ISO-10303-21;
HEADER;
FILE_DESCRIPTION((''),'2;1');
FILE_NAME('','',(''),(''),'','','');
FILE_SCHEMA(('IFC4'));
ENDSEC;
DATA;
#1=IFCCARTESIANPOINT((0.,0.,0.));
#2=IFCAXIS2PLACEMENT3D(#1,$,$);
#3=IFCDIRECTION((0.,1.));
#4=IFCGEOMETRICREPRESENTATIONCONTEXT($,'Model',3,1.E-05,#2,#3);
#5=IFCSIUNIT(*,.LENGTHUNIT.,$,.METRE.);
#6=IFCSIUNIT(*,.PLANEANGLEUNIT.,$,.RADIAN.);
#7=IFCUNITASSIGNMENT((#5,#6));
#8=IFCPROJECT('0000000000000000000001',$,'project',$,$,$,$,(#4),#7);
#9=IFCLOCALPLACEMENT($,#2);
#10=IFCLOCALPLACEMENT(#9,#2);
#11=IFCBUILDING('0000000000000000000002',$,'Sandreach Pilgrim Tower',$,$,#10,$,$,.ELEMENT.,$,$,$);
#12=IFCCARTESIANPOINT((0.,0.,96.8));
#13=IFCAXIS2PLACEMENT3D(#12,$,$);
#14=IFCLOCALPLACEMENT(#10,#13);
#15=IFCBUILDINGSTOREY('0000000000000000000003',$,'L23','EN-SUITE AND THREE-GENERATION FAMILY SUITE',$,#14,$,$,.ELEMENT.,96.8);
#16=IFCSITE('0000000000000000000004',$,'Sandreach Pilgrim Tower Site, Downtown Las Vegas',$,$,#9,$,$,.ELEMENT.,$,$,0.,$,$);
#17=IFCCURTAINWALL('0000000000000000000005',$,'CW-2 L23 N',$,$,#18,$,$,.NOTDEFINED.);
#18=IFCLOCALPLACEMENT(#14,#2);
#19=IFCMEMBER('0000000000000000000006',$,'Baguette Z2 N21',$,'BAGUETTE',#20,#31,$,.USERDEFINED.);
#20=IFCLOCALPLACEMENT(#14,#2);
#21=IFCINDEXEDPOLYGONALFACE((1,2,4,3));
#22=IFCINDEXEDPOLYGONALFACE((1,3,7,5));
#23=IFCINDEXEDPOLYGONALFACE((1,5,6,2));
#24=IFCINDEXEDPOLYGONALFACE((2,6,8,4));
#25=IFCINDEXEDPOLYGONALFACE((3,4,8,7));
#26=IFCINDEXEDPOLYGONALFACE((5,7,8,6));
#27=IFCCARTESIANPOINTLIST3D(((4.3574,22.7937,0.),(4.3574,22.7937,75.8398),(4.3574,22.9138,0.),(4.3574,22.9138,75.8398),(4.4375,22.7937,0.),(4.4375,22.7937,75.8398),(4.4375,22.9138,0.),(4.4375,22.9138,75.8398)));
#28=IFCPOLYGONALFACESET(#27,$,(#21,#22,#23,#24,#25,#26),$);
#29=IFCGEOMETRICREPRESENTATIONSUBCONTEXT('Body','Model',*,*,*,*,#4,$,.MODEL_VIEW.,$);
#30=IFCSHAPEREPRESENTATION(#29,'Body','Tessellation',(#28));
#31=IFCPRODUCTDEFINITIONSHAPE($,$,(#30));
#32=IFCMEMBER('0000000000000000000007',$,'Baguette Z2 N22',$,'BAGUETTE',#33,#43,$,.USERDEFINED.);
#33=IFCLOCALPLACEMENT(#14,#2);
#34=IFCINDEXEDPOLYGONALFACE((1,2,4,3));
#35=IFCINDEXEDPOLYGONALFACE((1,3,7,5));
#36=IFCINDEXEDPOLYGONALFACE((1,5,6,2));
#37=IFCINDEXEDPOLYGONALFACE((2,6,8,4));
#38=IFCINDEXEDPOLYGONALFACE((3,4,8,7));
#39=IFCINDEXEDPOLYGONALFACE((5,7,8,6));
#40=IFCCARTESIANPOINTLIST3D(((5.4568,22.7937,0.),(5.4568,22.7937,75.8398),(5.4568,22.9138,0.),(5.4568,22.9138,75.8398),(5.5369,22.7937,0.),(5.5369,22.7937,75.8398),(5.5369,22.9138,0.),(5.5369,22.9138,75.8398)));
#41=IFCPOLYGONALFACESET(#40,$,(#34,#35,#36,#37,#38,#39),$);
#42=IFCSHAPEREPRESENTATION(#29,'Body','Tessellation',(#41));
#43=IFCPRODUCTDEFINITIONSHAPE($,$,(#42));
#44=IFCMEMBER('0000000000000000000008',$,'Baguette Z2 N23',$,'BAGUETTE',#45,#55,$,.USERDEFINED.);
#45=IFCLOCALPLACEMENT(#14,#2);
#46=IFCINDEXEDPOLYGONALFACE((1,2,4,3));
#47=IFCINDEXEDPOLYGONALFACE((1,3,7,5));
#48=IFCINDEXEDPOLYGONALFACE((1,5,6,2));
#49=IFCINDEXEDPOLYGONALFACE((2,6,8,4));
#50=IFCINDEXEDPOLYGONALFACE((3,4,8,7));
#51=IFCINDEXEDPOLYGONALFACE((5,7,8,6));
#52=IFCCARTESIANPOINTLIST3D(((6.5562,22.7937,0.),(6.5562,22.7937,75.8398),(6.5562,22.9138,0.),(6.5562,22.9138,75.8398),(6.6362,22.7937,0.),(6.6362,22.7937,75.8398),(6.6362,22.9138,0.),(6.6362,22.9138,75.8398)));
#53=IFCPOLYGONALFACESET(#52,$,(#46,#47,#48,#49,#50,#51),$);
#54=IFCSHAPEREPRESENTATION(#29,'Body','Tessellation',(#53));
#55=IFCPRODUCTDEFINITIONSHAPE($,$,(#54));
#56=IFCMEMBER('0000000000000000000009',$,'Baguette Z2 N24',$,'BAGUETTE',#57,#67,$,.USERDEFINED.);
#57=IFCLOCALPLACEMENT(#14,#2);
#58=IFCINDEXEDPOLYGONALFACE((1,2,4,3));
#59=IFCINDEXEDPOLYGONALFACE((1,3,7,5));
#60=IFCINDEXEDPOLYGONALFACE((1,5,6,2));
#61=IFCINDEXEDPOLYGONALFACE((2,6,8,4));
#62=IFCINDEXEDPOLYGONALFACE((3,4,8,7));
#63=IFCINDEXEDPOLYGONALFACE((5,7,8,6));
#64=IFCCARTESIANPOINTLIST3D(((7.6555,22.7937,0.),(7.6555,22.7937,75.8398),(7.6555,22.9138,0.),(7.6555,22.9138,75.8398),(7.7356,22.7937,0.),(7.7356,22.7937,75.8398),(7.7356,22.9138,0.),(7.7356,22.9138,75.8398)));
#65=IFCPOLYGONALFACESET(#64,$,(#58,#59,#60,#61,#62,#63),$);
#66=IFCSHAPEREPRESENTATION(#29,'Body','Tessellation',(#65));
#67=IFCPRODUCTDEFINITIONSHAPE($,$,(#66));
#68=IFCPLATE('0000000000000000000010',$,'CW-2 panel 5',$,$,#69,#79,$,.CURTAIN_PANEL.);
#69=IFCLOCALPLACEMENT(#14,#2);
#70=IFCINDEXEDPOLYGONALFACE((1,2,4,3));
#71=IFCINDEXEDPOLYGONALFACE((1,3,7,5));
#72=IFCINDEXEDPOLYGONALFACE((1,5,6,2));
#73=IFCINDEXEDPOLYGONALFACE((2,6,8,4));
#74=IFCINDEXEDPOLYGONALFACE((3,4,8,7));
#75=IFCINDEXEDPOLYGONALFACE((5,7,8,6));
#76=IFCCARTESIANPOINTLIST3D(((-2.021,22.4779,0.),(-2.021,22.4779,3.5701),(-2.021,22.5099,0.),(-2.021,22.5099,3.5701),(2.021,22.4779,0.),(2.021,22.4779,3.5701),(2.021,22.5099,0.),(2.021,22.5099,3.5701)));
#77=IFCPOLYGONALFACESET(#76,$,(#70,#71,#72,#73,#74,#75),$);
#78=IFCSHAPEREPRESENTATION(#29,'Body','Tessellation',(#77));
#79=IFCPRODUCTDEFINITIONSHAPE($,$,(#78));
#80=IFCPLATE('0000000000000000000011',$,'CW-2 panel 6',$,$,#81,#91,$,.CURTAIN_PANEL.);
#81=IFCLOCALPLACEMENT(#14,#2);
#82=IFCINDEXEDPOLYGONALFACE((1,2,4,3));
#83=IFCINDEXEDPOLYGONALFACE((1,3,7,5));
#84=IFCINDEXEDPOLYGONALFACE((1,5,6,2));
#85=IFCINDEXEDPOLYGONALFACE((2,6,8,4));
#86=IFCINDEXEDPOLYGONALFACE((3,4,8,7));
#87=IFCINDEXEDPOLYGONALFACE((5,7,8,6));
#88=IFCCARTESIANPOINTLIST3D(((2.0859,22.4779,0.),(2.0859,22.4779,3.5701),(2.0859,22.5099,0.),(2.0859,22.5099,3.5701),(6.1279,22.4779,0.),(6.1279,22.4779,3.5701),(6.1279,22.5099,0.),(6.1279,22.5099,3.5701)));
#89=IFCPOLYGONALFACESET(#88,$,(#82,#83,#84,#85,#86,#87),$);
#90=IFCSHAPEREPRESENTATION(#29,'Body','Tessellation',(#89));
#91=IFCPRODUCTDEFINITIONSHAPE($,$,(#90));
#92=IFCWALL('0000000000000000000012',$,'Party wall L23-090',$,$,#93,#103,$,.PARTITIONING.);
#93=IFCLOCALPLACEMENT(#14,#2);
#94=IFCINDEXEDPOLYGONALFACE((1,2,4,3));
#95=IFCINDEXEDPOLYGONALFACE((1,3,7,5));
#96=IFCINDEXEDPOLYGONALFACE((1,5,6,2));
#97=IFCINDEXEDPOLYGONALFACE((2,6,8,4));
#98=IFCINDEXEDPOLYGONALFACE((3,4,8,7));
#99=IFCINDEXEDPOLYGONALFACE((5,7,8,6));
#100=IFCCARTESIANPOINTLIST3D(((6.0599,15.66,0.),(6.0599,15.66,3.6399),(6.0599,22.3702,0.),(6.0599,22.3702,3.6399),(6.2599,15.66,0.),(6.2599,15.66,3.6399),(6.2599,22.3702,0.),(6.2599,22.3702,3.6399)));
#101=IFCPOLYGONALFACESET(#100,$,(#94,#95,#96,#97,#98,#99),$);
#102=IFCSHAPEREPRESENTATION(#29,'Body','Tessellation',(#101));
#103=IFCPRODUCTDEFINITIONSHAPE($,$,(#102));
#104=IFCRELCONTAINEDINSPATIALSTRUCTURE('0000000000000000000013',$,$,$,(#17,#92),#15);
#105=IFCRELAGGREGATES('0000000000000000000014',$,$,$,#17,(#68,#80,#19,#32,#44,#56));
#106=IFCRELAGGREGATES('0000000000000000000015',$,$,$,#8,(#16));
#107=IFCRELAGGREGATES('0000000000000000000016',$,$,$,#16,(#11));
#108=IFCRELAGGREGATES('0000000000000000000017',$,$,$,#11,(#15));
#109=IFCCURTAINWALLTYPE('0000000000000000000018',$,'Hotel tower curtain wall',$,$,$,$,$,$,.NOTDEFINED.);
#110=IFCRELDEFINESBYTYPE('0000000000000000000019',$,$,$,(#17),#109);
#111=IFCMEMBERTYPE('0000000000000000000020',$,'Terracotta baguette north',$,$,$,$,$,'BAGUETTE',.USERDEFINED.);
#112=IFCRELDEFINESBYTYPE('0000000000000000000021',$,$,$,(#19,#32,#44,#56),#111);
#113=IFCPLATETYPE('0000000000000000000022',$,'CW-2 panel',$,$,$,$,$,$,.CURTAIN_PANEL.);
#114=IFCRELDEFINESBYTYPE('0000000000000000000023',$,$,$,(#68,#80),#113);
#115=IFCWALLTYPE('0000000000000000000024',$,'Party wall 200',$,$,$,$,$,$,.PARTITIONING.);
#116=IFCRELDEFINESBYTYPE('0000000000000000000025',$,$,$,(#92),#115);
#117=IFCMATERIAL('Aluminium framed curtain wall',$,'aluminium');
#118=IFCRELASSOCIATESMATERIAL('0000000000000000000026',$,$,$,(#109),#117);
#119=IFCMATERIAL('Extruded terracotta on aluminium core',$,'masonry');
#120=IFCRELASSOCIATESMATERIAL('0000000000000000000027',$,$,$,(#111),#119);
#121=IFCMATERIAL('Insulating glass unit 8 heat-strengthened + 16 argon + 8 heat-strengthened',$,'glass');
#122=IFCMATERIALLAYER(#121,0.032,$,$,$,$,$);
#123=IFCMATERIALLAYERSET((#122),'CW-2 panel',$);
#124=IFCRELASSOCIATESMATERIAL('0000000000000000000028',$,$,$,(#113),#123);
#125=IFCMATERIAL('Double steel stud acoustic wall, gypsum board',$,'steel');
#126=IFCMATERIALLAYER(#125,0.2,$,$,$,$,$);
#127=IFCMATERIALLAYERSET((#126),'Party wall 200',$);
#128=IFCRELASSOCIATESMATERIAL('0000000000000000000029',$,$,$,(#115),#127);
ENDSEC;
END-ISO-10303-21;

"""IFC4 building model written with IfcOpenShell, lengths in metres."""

from ifc_helpers import new_model, si_unit, direction, frame, frame_2d, origin, origin_2d, place, context, subcontext, project, spatial, rectangle, extrude, material, layer, layer_set, material_profile, profile_set, type_object, element, aggregate, save


model = new_model("IFC4")

# Units and contexts
model_context = context("Model", 3, precision=1e-05, world=origin(), true_north=direction((0.0, 1.0)))
body_context = subcontext(model_context, "Body", "Model", "MODEL_VIEW")
ifc_project = project(units=[si_unit("LENGTHUNIT", "METRE"), si_unit("PLANEANGLEUNIT", "RADIAN")], contexts=[model_context])

# Site, building, storey
site_placement = place(None, origin())
site = spatial("IfcSite", under=ifc_project, at=site_placement, Name="Sandreach Pilgrim Tower Site, Downtown Las Vegas", CompositionType="ELEMENT", RefElevation=0.0)
building_placement = place(site_placement, origin())
building = spatial("IfcBuilding", under=site, at=building_placement, Name="Sandreach Pilgrim Tower", CompositionType="ELEMENT")
storey_placement = place(building_placement, frame((0.0, 0.0, 96.8)))
storey = spatial("IfcBuildingStorey", under=building, at=storey_placement, Name="L23", Description="EN-SUITE AND THREE-GENERATION FAMILY SUITE", CompositionType="ELEMENT", Elevation=96.8)

# Curtain wall
ifc_material_1 = material(Name="Aluminium framed curtain wall", Category="aluminium")
curtain_wall_type = type_object("IfcCurtainWallType", Name="Hotel tower curtain wall", PredefinedType="NOTDEFINED", material=ifc_material_1)
curtain_wall_placement = place(storey_placement, origin())
curtain_wall = element("IfcCurtainWall", 1, at=curtain_wall_placement, inside=storey, type_object=curtain_wall_type, Name="CW-2 L23 N", PredefinedType="NOTDEFINED")

# Members
ifc_material_2 = material(Name="Extruded terracotta on aluminium core", Category="masonry")
ifc_material_profile_1 = material_profile(ifc_material_2, rectangle(XDim=0.0801, YDim=0.1201, at=origin_2d()), Name="TBN 80X120")
ifc_profile_set_1 = profile_set([ifc_material_profile_1], Name="Extruded terracotta on aluminium core")
member_type_1 = type_object("IfcMemberType", Name="Terracotta baguette north", ElementType="BAGUETTE", PredefinedType="USERDEFINED", material=ifc_profile_set_1)
member_1_placement = place(storey_placement, frame((4.3975, 22.8538, 0.0), z_axis=(0.0, 0.0, 1.0), x_axis=(1.0, 0.0, 0.0)))
member_1 = element("IfcMember", 2, at=member_1_placement, type_object=member_type_1, Name="Baguette Z2 N21", ObjectType="BAGUETTE", PredefinedType="USERDEFINED", context=body_context, shape_type="SweptSolid", body=[
    extrude(rectangle(XDim=0.0801, YDim=0.1201, at=origin_2d()), origin(), (0.0, 0.0, 1.0), 75.8398),
])
member_2_placement = place(storey_placement, frame((5.4968, 22.8538, 0.0), z_axis=(0.0, 0.0, 1.0), x_axis=(1.0, 0.0, 0.0)))
member_2 = element("IfcMember", 3, at=member_2_placement, type_object=member_type_1, Name="Baguette Z2 N22", ObjectType="BAGUETTE", PredefinedType="USERDEFINED", context=body_context, shape_type="SweptSolid", body=[
    extrude(rectangle(XDim=0.0801, YDim=0.1201, at=origin_2d()), origin(), (0.0, 0.0, 1.0), 75.8398),
])
member_3_placement = place(storey_placement, frame((6.5962, 22.8538, 0.0), z_axis=(0.0, 0.0, 1.0), x_axis=(1.0, 0.0, 0.0)))
member_3 = element("IfcMember", 4, at=member_3_placement, type_object=member_type_1, Name="Baguette Z2 N23", ObjectType="BAGUETTE", PredefinedType="USERDEFINED", context=body_context, shape_type="SweptSolid", body=[
    extrude(rectangle(XDim=0.0801, YDim=0.1201, at=origin_2d()), origin(), (0.0, 0.0, 1.0), 75.8398),
])
member_4_placement = place(storey_placement, frame((7.6956, 22.8538, 0.0), z_axis=(0.0, 0.0, 1.0), x_axis=(1.0, 0.0, 0.0)))
member_4 = element("IfcMember", 5, at=member_4_placement, type_object=member_type_1, Name="Baguette Z2 N24", ObjectType="BAGUETTE", PredefinedType="USERDEFINED", context=body_context, shape_type="SweptSolid", body=[
    extrude(rectangle(XDim=0.0801, YDim=0.1201, at=origin_2d()), origin(), (0.0, 0.0, 1.0), 75.8398),
])

# Plates
ifc_material_3 = material(Name="Insulating glass unit 8 heat-strengthened + 16 argon + 8 heat-strengthened", Category="glass")
ifc_layer_1 = layer(ifc_material_3, 0.032)
ifc_layer_set_1 = layer_set([ifc_layer_1], Name="CW-2 panel")
plate_type = type_object("IfcPlateType", Name="CW-2 panel", PredefinedType="CURTAIN_PANEL", material=ifc_layer_set_1)
plate_1_placement = place(storey_placement, frame((0.0, 22.4939, 0.0), z_axis=(0.0, 0.0, 1.0), x_axis=(1.0, 0.0, 0.0)))
plate_1 = element("IfcPlate", 6, at=plate_1_placement, type_object=plate_type, Name="CW-2 panel 5", PredefinedType="CURTAIN_PANEL", context=body_context, shape_type="SweptSolid", body=[
    extrude(rectangle(XDim=4.042, YDim=0.032, at=origin_2d()), origin(), (0.0, 0.0, 1.0), 3.5701),
])
plate_2_placement = place(storey_placement, frame((4.1069, 22.4939, 0.0), z_axis=(0.0, 0.0, 1.0), x_axis=(1.0, 0.0, 0.0)))
plate_2 = element("IfcPlate", 7, at=plate_2_placement, type_object=plate_type, Name="CW-2 panel 6", PredefinedType="CURTAIN_PANEL", context=body_context, shape_type="SweptSolid", body=[
    extrude(rectangle(XDim=4.042, YDim=0.032, at=origin_2d()), origin(), (0.0, 0.0, 1.0), 3.5701),
])
aggregate(curtain_wall, [plate_1, plate_2, member_1, member_2, member_3, member_4])

# Wall
ifc_material_4 = material(Name="Double steel stud acoustic wall, gypsum board", Category="steel")
ifc_layer_2 = layer(ifc_material_4, 0.2)
ifc_layer_set_2 = layer_set([ifc_layer_2], Name="Party wall 200")
wall_type = type_object("IfcWallType", Name="Party wall 200", PredefinedType="PARTITIONING", material=ifc_layer_set_2)
wall_placement = place(storey_placement, frame((6.1599, 22.3701, 0.0), z_axis=(0.0, 0.0, 1.0), x_axis=(0.0, -1.0, 0.0)))
element("IfcWall", 8, at=wall_placement, inside=storey, type_object=wall_type, Name="Party wall L23-090", PredefinedType="PARTITIONING", context=body_context, shape_type="SweptSolid", body=[
    extrude(rectangle(XDim=6.7102, YDim=0.2, at=frame_2d((3.355, 0.0))), origin(), (0.0, 0.0, 1.0), 3.6399),
])

save(model, "model.ifc")
